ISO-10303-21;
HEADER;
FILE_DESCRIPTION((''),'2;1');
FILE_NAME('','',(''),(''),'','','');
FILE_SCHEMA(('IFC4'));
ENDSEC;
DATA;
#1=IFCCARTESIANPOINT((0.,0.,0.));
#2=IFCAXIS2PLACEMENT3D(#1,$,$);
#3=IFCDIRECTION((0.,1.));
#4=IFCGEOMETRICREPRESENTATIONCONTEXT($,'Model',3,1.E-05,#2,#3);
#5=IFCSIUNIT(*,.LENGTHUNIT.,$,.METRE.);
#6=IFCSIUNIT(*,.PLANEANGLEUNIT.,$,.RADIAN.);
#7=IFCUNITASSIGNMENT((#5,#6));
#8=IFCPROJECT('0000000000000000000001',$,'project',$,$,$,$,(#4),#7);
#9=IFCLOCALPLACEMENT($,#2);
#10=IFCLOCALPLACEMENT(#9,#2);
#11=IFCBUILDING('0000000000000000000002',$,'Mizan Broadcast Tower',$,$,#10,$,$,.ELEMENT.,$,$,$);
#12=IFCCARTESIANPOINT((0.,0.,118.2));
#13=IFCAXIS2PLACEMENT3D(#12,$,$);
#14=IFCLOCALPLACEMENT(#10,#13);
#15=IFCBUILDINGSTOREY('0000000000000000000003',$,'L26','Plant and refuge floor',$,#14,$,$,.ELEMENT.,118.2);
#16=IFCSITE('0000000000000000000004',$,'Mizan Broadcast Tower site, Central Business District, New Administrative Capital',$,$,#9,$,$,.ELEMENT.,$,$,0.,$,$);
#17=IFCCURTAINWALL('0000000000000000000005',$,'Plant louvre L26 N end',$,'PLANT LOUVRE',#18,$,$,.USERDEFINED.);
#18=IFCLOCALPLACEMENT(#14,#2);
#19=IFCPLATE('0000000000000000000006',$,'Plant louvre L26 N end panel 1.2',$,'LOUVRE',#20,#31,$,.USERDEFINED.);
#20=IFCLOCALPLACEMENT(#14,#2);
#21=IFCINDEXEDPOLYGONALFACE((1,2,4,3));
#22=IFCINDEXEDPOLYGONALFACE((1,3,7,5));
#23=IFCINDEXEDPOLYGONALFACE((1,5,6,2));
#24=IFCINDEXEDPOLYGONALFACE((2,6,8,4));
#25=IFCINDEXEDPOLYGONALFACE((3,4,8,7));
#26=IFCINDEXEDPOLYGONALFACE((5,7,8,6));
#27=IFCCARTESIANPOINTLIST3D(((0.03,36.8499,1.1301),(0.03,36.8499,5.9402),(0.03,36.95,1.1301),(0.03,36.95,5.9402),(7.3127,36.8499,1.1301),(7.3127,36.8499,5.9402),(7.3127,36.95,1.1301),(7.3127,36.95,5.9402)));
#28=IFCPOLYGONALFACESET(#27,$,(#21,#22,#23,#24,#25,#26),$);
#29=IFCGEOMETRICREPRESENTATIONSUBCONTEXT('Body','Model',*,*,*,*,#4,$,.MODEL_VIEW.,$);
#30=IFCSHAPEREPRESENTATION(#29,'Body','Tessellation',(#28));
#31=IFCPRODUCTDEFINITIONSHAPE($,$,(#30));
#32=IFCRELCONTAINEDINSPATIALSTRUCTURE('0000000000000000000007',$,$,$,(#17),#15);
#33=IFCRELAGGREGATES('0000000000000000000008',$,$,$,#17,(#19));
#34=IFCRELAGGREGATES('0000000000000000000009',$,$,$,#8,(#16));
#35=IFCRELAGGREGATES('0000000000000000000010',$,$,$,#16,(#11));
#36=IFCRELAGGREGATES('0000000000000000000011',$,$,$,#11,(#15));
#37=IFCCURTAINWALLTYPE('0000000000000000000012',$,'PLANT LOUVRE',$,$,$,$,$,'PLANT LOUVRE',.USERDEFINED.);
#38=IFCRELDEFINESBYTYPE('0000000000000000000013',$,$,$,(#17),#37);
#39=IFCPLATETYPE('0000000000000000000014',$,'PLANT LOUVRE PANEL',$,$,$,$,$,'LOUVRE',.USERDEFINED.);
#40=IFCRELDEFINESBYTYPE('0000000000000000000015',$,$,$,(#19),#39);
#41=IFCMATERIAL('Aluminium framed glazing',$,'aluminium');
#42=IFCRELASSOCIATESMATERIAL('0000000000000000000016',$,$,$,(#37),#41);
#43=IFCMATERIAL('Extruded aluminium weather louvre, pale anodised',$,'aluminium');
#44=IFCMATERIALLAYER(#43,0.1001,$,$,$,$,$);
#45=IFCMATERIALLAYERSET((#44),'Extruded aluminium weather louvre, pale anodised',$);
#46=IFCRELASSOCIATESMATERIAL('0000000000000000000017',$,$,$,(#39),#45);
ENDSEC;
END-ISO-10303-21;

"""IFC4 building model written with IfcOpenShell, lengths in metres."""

from ifc_helpers import new_model, si_unit, direction, frame, origin, origin_2d, place, context, subcontext, project, spatial, rectangle, extrude, material, layer, layer_set, type_object, element, aggregate, save


model = new_model("IFC4")

# Units and contexts
model_context = context("Model", 3, precision=1e-05, world=origin(), true_north=direction((0.0, 1.0)))
body_context = subcontext(model_context, "Body", "Model", "MODEL_VIEW")
ifc_project = project(units=[si_unit("LENGTHUNIT", "METRE"), si_unit("PLANEANGLEUNIT", "RADIAN")], contexts=[model_context])

# Site, building, storey
site_placement = place(None, origin())
site = spatial("IfcSite", under=ifc_project, at=site_placement, Name="Mizan Broadcast Tower site, Central Business District, New Administrative Capital", CompositionType="ELEMENT", RefElevation=0.0)
building_placement = place(site_placement, origin())
building = spatial("IfcBuilding", under=site, at=building_placement, Name="Mizan Broadcast Tower", CompositionType="ELEMENT")
storey_placement = place(building_placement, frame((0.0, 0.0, 118.2)))
storey = spatial("IfcBuildingStorey", under=building, at=storey_placement, Name="L26", Description="Plant and refuge floor", CompositionType="ELEMENT", Elevation=118.2)

# Shared definitions
ifc_material_1 = material(Name="Aluminium framed glazing", Category="aluminium")
curtain_wall_type = type_object("IfcCurtainWallType", Name="PLANT LOUVRE", ElementType="PLANT LOUVRE", PredefinedType="USERDEFINED", material=ifc_material_1)

# Curtain wall
curtain_wall_1_placement = place(storey_placement, origin())
curtain_wall_1 = element("IfcCurtainWall", 1, at=curtain_wall_1_placement, inside=storey, type_object=curtain_wall_type, Name="Plant louvre L26 N end", ObjectType="PLANT LOUVRE", PredefinedType="USERDEFINED")

# Plate
ifc_material_2 = material(Name="Extruded aluminium weather louvre, pale anodised", Category="aluminium")
ifc_layer = layer(ifc_material_2, 0.1001)
ifc_layer_set = layer_set([ifc_layer], Name="Extruded aluminium weather louvre, pale anodised")
plate_type = type_object("IfcPlateType", Name="PLANT LOUVRE PANEL", ElementType="LOUVRE", PredefinedType="USERDEFINED", material=ifc_layer_set)
plate_1_placement = place(storey_placement, frame((3.6714, 36.8999, 1.1301), z_axis=(0.0, 0.0, 1.0), x_axis=(-1.0, 0.0, 0.0)))
plate_1 = element("IfcPlate", 2, at=plate_1_placement, type_object=plate_type, Name="Plant louvre L26 N end panel 1.2", ObjectType="LOUVRE", PredefinedType="USERDEFINED", context=body_context, shape_type="SweptSolid", body=[
    extrude(rectangle(XDim=7.2827, YDim=0.1001, at=origin_2d()), origin(), (0.0, 0.0, 1.0), 4.8101),
])
aggregate(curtain_wall_1, [plate_1])

save(model, "model.ifc")
